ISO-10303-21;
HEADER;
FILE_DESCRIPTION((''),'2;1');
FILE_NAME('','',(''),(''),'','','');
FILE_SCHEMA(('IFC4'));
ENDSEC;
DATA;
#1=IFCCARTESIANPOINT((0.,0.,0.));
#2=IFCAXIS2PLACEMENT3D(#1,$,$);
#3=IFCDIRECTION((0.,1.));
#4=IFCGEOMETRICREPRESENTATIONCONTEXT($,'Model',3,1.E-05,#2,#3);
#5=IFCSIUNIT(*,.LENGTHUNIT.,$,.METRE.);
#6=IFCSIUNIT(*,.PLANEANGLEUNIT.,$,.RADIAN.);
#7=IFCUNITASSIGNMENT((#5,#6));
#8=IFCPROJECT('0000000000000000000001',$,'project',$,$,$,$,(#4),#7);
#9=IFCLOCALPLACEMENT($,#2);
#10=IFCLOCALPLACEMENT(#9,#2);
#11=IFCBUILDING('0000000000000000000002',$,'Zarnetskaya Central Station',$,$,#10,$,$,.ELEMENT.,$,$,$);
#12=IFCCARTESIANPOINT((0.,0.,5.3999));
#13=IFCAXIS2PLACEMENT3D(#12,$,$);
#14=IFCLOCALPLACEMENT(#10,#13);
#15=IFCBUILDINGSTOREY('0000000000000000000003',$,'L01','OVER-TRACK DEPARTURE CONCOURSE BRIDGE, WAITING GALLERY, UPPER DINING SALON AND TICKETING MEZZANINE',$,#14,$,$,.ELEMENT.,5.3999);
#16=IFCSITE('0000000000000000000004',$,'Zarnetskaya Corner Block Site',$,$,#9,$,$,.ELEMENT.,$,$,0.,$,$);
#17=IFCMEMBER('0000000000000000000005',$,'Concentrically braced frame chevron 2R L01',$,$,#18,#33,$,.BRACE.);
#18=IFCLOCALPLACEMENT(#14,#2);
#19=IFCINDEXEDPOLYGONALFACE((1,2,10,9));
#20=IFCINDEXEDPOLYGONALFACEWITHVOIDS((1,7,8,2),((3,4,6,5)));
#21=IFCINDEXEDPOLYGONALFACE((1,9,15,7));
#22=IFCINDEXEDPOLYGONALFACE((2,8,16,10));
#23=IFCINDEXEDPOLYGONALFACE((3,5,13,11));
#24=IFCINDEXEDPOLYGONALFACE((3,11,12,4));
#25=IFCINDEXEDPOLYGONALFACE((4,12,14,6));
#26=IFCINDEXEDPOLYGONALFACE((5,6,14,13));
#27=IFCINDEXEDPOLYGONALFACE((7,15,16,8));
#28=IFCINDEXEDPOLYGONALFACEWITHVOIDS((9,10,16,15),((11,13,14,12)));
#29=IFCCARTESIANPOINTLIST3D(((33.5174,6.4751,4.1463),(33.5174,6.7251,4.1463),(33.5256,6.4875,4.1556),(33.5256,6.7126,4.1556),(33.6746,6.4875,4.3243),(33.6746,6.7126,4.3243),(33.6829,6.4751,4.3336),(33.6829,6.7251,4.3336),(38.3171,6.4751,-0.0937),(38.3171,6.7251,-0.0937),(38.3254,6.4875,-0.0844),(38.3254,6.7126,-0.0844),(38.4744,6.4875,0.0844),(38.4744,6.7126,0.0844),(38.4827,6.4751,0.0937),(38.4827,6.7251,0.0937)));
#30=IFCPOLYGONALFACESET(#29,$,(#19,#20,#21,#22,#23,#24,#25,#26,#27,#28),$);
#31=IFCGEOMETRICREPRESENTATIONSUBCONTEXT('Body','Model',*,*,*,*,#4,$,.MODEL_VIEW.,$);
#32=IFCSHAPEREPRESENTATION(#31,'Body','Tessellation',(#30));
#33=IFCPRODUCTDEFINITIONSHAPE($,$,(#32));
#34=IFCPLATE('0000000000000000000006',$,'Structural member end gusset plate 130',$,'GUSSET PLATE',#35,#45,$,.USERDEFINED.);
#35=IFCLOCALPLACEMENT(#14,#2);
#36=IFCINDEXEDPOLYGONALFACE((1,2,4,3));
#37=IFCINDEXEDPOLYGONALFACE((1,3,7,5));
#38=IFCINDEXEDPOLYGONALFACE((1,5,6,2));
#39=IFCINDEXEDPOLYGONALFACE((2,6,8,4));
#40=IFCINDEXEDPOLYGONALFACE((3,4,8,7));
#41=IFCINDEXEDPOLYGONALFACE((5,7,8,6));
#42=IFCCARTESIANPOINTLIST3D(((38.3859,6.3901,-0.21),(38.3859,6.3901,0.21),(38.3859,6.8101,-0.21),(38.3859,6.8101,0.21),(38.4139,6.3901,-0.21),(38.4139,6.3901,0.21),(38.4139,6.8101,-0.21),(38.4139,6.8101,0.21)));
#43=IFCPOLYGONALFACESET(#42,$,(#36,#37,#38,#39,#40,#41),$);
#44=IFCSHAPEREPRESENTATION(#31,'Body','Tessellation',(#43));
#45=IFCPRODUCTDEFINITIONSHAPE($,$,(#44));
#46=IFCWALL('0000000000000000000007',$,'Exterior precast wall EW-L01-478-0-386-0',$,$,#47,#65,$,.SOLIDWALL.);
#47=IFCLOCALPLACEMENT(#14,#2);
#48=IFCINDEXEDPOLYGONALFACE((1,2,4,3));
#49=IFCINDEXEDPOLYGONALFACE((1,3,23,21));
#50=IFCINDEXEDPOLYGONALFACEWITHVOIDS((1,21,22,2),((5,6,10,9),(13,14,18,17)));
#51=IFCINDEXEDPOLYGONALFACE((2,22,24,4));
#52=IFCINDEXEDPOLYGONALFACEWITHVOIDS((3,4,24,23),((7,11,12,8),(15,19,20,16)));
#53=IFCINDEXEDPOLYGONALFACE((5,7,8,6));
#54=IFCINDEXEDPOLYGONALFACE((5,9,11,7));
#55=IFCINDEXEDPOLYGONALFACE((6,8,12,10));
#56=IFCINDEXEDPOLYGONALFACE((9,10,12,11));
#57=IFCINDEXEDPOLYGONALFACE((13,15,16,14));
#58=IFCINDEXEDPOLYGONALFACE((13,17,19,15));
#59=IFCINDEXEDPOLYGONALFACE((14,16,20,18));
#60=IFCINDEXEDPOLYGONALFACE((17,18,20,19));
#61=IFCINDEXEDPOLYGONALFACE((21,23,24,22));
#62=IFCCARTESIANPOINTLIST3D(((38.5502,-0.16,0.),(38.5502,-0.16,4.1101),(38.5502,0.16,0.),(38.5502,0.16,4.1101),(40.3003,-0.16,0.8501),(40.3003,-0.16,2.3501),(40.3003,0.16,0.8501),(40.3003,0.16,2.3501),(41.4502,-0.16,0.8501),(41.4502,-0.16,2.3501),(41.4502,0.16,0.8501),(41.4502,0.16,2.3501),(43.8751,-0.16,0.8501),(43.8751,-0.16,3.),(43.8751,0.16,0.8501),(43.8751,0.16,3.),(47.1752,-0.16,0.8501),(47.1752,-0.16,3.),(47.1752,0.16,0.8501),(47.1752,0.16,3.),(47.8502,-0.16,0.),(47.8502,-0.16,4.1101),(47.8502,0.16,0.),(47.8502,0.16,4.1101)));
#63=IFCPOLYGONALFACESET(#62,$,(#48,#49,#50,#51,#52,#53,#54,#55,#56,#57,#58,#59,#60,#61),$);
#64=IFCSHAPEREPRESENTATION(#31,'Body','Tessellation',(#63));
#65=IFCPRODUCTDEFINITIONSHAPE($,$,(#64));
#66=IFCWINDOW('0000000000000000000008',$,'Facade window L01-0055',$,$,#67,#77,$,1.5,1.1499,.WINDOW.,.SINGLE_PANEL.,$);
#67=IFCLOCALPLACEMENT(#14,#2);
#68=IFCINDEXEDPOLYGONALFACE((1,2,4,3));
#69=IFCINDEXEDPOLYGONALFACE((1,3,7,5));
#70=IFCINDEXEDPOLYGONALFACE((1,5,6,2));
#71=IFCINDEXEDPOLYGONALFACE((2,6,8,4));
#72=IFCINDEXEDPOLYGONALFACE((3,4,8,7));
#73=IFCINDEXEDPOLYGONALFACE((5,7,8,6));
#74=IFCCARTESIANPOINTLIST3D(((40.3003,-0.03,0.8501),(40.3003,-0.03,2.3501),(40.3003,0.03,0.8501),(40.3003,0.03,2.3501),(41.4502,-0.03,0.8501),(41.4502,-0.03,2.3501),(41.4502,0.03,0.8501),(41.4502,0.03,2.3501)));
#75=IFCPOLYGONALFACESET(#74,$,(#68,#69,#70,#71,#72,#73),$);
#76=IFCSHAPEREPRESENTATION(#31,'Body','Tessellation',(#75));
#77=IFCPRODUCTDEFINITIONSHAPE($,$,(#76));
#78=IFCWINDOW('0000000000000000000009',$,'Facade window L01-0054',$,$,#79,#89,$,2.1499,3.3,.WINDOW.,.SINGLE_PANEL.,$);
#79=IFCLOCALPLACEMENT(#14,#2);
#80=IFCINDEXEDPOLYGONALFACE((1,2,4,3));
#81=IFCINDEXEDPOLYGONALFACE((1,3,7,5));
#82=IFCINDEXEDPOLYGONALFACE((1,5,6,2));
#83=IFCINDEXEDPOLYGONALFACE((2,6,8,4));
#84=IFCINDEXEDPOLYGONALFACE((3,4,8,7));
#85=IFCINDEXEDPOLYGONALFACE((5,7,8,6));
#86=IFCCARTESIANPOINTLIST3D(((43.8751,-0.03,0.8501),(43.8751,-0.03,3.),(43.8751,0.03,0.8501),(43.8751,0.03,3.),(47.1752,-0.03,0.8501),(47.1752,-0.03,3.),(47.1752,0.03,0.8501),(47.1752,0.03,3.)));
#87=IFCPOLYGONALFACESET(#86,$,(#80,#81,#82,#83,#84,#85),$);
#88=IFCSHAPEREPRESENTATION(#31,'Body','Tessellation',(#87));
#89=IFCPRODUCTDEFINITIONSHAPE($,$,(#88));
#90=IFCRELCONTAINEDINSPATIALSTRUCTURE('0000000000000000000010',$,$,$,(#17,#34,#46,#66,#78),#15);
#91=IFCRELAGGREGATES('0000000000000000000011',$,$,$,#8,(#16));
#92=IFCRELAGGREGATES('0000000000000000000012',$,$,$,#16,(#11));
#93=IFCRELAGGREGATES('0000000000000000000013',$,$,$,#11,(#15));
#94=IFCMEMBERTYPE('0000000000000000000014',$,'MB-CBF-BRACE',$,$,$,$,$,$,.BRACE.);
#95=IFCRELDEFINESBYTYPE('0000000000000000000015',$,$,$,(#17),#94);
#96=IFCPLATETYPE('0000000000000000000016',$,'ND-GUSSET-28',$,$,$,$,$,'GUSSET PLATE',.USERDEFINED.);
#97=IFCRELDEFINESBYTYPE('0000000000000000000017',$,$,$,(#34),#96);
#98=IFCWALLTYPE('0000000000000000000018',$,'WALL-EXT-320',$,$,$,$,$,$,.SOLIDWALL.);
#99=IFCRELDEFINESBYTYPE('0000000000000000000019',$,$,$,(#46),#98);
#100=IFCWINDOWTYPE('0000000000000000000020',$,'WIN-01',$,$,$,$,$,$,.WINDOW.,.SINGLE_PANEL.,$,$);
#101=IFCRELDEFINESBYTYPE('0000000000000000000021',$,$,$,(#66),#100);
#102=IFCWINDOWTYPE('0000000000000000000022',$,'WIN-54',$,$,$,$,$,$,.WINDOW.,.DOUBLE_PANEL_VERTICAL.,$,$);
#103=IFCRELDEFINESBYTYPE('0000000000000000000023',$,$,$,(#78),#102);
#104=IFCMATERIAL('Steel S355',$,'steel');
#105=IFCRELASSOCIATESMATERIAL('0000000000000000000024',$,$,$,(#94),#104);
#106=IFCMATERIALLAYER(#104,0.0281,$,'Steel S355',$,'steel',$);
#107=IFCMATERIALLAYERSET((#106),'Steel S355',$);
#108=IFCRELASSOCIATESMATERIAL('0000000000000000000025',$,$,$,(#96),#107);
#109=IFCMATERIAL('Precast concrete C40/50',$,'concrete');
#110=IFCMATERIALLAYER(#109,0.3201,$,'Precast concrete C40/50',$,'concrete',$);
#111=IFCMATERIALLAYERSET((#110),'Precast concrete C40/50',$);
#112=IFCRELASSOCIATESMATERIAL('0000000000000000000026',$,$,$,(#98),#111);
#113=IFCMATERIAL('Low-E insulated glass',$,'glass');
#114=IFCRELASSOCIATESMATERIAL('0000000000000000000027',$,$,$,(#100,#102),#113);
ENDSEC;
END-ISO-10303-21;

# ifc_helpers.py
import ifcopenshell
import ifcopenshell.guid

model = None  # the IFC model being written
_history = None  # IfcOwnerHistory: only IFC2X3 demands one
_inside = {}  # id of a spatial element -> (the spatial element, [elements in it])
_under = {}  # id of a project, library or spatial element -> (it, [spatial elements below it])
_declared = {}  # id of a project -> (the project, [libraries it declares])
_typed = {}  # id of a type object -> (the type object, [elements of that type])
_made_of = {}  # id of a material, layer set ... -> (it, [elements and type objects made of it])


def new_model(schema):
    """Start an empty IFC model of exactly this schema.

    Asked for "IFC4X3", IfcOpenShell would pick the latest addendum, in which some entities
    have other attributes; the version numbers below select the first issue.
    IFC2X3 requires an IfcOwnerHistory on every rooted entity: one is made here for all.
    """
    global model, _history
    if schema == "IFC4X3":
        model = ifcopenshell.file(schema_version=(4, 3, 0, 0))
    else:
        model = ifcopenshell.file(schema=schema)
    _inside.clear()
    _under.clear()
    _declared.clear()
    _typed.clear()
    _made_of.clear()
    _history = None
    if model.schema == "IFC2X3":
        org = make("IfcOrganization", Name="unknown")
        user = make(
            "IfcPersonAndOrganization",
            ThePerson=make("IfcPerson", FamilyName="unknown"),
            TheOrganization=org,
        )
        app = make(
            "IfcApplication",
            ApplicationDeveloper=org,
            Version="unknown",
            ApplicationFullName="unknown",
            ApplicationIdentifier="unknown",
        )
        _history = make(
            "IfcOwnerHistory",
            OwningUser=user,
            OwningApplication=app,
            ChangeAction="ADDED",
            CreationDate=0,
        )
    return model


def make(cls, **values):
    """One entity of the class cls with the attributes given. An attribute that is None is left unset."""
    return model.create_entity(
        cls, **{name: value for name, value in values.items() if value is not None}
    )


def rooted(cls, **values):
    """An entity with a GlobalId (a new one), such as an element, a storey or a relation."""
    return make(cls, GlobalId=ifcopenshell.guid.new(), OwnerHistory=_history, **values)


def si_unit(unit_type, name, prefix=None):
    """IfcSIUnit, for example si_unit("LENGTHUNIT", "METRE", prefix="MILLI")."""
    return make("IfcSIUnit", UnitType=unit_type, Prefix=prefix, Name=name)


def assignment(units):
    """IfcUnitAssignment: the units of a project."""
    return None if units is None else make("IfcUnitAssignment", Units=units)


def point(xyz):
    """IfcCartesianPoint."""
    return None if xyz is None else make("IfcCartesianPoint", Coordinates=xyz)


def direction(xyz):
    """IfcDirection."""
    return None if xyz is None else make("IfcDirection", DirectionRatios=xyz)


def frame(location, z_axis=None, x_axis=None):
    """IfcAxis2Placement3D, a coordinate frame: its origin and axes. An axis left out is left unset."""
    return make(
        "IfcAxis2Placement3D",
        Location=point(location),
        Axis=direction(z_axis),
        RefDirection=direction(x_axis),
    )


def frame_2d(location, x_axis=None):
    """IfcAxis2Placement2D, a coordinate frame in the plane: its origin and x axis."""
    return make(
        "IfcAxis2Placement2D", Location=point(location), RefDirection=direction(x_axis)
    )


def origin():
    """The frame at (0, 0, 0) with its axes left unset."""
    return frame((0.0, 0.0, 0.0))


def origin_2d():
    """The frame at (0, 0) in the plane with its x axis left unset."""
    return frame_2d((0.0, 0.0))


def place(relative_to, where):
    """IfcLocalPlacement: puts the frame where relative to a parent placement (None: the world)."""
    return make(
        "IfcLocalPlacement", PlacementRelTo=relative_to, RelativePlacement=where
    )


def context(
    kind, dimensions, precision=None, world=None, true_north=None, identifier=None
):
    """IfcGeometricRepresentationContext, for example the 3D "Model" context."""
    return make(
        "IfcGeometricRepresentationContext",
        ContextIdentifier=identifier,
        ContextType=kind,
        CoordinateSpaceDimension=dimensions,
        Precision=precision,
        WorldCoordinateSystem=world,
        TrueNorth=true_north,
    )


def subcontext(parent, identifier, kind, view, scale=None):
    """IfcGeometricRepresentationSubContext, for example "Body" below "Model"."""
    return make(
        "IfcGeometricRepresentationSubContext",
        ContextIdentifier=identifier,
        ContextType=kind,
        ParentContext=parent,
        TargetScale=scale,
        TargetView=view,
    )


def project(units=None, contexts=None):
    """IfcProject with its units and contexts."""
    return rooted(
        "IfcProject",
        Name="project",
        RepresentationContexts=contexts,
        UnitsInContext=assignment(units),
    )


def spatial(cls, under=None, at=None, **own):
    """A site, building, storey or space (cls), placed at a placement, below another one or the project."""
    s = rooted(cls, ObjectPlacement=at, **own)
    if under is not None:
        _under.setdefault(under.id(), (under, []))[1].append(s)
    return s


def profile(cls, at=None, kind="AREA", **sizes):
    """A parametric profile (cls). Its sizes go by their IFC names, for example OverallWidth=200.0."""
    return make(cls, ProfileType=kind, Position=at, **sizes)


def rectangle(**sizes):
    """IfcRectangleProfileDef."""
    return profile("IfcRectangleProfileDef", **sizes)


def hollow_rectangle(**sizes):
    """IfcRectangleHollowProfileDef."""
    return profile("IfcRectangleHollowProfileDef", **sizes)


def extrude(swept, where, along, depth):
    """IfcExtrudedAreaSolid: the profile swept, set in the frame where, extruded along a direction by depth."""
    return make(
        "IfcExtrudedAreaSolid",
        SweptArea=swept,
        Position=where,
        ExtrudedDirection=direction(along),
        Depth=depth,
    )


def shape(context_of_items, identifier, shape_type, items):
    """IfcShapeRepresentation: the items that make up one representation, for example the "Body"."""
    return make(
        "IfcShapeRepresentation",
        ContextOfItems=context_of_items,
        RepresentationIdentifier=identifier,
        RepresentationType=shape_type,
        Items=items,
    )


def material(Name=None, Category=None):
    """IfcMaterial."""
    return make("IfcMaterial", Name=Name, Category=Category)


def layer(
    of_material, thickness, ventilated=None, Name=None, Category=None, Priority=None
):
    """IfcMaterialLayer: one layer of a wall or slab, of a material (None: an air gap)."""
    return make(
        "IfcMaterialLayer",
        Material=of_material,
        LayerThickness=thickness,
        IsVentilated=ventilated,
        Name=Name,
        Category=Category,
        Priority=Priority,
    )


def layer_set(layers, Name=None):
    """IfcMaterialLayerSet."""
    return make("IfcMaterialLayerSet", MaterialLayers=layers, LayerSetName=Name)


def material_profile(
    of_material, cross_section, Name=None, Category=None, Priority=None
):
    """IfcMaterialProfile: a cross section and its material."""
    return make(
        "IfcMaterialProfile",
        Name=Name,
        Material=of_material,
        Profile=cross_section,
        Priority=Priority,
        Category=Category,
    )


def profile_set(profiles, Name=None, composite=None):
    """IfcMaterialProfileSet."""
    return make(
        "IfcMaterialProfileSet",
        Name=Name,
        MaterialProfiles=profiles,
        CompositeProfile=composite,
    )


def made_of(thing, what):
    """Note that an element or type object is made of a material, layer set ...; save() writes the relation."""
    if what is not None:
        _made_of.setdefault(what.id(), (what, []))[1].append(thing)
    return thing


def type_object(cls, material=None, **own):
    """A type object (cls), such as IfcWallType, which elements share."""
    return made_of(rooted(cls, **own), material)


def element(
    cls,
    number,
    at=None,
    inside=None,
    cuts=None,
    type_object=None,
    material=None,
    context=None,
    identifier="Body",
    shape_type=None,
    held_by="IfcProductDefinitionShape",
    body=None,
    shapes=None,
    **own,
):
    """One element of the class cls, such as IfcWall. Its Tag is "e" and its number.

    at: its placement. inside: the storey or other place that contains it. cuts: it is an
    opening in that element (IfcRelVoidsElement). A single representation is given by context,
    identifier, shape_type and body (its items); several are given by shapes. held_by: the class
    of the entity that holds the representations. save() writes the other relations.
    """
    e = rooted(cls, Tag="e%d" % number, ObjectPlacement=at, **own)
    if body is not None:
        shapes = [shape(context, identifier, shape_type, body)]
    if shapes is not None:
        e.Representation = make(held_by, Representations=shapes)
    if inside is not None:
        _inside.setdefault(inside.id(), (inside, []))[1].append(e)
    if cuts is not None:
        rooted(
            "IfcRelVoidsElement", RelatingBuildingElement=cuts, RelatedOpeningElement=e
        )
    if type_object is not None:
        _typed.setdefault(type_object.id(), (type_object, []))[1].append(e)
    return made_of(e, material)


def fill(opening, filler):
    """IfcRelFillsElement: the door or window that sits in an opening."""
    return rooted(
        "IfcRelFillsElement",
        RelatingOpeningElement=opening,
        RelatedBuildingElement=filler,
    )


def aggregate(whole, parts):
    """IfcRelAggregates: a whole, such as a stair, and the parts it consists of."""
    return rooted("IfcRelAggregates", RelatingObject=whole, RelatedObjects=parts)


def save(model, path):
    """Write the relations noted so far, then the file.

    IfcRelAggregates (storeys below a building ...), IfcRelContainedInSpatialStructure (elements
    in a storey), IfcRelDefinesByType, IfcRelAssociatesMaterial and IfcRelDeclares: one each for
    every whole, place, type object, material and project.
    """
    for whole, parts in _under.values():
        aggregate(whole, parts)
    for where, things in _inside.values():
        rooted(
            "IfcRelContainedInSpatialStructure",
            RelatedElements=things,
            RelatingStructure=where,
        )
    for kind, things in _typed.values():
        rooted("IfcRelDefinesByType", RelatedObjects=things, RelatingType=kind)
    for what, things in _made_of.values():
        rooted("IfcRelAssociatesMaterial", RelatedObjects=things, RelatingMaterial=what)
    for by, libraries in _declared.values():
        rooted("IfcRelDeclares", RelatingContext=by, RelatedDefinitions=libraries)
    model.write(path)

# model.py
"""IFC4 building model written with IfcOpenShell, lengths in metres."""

from ifc_helpers import new_model, si_unit, direction, frame, frame_2d, origin, origin_2d, place, context, subcontext, project, spatial, rectangle, hollow_rectangle, extrude, material, layer, layer_set, material_profile, profile_set, type_object, element, fill, save


model = new_model("IFC4")

# Units and contexts
model_context = context("Model", 3, precision=1e-05, world=origin(), true_north=direction((0.0, 1.0)))
body_context = subcontext(model_context, "Body", "Model", "MODEL_VIEW")
ifc_project = project(units=[si_unit("LENGTHUNIT", "METRE"), si_unit("PLANEANGLEUNIT", "RADIAN")], contexts=[model_context])

# Site, building, storey
site_placement = place(None, origin())
site = spatial("IfcSite", under=ifc_project, at=site_placement, Name="Zarnetskaya Corner Block Site", CompositionType="ELEMENT", RefElevation=0.0)
building_placement = place(site_placement, origin())
building = spatial("IfcBuilding", under=site, at=building_placement, Name="Zarnetskaya Central Station", CompositionType="ELEMENT")
storey_placement = place(building_placement, frame((0.0, 0.0, 5.3999)))
storey = spatial("IfcBuildingStorey", under=building, at=storey_placement, Name="L01", Description="OVER-TRACK DEPARTURE CONCOURSE BRIDGE, WAITING GALLERY, UPPER DINING SALON AND TICKETING MEZZANINE", CompositionType="ELEMENT", Elevation=5.3999)

# Shared definitions
ifc_material_1 = material(Name="Steel S355", Category="steel")

# Member
ifc_material_profile_1 = material_profile(ifc_material_1, hollow_rectangle(XDim=0.25, YDim=0.25, WallThickness=0.0125, at=origin_2d()), Name="SHS 250x250x12.5")
ifc_profile_set_1 = profile_set([ifc_material_profile_1], Name="Steel S355")
member_type = type_object("IfcMemberType", Name="MB-CBF-BRACE", PredefinedType="BRACE", material=ifc_profile_set_1)
member_placement = place(storey_placement, frame((38.3999, 6.6001, 0.0), z_axis=(-0.749461, 0.0, 0.662049), x_axis=(0.0, -1.0, 0.0)))
element("IfcMember", 1, at=member_placement, inside=storey, type_object=member_type, Name="Concentrically braced frame chevron 2R L01", PredefinedType="BRACE", context=body_context, shape_type="SweptSolid", body=[
    extrude(hollow_rectangle(XDim=0.25, YDim=0.25, WallThickness=0.0125, at=origin_2d()), origin(), (0.0, 0.0, 1.0), 6.4043),
])

# Plate
ifc_layer_1 = layer(ifc_material_1, 0.0281, Name="Steel S355", Category="steel")
ifc_layer_set_1 = layer_set([ifc_layer_1], Name="Steel S355")
plate_type = type_object("IfcPlateType", Name="ND-GUSSET-28", ElementType="GUSSET PLATE", PredefinedType="USERDEFINED", material=ifc_layer_set_1)
plate_placement = place(storey_placement, frame((38.3999, 6.6001, -0.21), z_axis=(0.0, 0.0, 1.0), x_axis=(1.0, 0.0, 0.0)))
element("IfcPlate", 2, at=plate_placement, inside=storey, type_object=plate_type, Name="Structural member end gusset plate 130", ObjectType="GUSSET PLATE", PredefinedType="USERDEFINED", context=body_context, shape_type="SweptSolid", body=[
    extrude(rectangle(XDim=0.0281, YDim=0.4199, at=origin_2d()), origin(), (0.0, 0.0, 1.0), 0.4199),
])

# Wall, openings, windows
ifc_material_2 = material(Name="Precast concrete C40/50", Category="concrete")
ifc_layer_2 = layer(ifc_material_2, 0.3201, Name="Precast concrete C40/50", Category="concrete")
ifc_layer_set_2 = layer_set([ifc_layer_2], Name="Precast concrete C40/50")
wall_type = type_object("IfcWallType", Name="WALL-EXT-320", PredefinedType="SOLIDWALL", material=ifc_layer_set_2)
wall_placement = place(storey_placement, frame((47.8501, 0.0, 0.0), z_axis=(0.0, 0.0, 1.0), x_axis=(-1.0, 0.0, 0.0)))
wall = element("IfcWall", 3, at=wall_placement, inside=storey, type_object=wall_type, Name="Exterior precast wall EW-L01-478-0-386-0", PredefinedType="SOLIDWALL", context=body_context, shape_type="SweptSolid", body=[
    extrude(rectangle(XDim=9.3, YDim=0.3201, at=frame_2d((4.6499, 0.0))), origin(), (0.0, 0.0, 1.0), 4.1101),
])
opening_1_placement = place(wall_placement, frame((0.675, 0.0, 0.8501)))
opening_1 = element("IfcOpeningElement", 4, at=opening_1_placement, cuts=wall, PredefinedType="OPENING", context=body_context, shape_type="SweptSolid", body=[
    extrude(rectangle(XDim=3.3, YDim=2.1499, at=frame_2d((1.6499, 1.075))), frame((0.0, 0.1699, 0.0), z_axis=(0.0, -1.0, 0.0), x_axis=(1.0, 0.0, 0.0)), (0.0, 0.0, 1.0), 0.3401),
])
opening_2_placement = place(wall_placement, frame((6.3999, 0.0, 0.8501)))
opening_2 = element("IfcOpeningElement", 5, at=opening_2_placement, cuts=wall, PredefinedType="OPENING", context=body_context, shape_type="SweptSolid", body=[
    extrude(rectangle(XDim=1.1499, YDim=1.5, at=frame_2d((0.575, 0.75))), frame((0.0, 0.1699, 0.0), z_axis=(0.0, -1.0, 0.0), x_axis=(1.0, 0.0, 0.0)), (0.0, 0.0, 1.0), 0.3401),
])
ifc_material_3 = material(Name="Low-E insulated glass", Category="glass")
window_type_1 = type_object("IfcWindowType", Name="WIN-01", PartitioningType="SINGLE_PANEL", PredefinedType="WINDOW", material=ifc_material_3)
window_1_placement = place(opening_2_placement, origin())
window_1 = element("IfcWindow", 6, at=window_1_placement, inside=storey, type_object=window_type_1, Name="Facade window L01-0055", OverallHeight=1.5, OverallWidth=1.1499, PartitioningType="SINGLE_PANEL", PredefinedType="WINDOW", context=body_context, shape_type="SweptSolid", body=[
    extrude(rectangle(XDim=1.1499, YDim=1.5, at=frame_2d((0.575, 0.75))), frame((0.0, 0.03, 0.0), z_axis=(0.0, -1.0, 0.0), x_axis=(1.0, 0.0, 0.0)), (0.0, 0.0, 1.0), 0.0601),
])
fill(opening_2, window_1)
window_type_2 = type_object("IfcWindowType", Name="WIN-54", PartitioningType="DOUBLE_PANEL_VERTICAL", PredefinedType="WINDOW", material=ifc_material_3)
window_2_placement = place(opening_1_placement, origin())
window_2 = element("IfcWindow", 7, at=window_2_placement, inside=storey, type_object=window_type_2, Name="Facade window L01-0054", OverallHeight=2.1499, OverallWidth=3.3, PartitioningType="SINGLE_PANEL", PredefinedType="WINDOW", context=body_context, shape_type="SweptSolid", body=[
    extrude(rectangle(XDim=3.3, YDim=2.1499, at=frame_2d((1.6499, 1.075))), frame((0.0, 0.03, 0.0), z_axis=(0.0, -1.0, 0.0), x_axis=(1.0, 0.0, 0.0)), (0.0, 0.0, 1.0), 0.0601),
])
fill(opening_1, window_2)

save(model, "model.ifc")
